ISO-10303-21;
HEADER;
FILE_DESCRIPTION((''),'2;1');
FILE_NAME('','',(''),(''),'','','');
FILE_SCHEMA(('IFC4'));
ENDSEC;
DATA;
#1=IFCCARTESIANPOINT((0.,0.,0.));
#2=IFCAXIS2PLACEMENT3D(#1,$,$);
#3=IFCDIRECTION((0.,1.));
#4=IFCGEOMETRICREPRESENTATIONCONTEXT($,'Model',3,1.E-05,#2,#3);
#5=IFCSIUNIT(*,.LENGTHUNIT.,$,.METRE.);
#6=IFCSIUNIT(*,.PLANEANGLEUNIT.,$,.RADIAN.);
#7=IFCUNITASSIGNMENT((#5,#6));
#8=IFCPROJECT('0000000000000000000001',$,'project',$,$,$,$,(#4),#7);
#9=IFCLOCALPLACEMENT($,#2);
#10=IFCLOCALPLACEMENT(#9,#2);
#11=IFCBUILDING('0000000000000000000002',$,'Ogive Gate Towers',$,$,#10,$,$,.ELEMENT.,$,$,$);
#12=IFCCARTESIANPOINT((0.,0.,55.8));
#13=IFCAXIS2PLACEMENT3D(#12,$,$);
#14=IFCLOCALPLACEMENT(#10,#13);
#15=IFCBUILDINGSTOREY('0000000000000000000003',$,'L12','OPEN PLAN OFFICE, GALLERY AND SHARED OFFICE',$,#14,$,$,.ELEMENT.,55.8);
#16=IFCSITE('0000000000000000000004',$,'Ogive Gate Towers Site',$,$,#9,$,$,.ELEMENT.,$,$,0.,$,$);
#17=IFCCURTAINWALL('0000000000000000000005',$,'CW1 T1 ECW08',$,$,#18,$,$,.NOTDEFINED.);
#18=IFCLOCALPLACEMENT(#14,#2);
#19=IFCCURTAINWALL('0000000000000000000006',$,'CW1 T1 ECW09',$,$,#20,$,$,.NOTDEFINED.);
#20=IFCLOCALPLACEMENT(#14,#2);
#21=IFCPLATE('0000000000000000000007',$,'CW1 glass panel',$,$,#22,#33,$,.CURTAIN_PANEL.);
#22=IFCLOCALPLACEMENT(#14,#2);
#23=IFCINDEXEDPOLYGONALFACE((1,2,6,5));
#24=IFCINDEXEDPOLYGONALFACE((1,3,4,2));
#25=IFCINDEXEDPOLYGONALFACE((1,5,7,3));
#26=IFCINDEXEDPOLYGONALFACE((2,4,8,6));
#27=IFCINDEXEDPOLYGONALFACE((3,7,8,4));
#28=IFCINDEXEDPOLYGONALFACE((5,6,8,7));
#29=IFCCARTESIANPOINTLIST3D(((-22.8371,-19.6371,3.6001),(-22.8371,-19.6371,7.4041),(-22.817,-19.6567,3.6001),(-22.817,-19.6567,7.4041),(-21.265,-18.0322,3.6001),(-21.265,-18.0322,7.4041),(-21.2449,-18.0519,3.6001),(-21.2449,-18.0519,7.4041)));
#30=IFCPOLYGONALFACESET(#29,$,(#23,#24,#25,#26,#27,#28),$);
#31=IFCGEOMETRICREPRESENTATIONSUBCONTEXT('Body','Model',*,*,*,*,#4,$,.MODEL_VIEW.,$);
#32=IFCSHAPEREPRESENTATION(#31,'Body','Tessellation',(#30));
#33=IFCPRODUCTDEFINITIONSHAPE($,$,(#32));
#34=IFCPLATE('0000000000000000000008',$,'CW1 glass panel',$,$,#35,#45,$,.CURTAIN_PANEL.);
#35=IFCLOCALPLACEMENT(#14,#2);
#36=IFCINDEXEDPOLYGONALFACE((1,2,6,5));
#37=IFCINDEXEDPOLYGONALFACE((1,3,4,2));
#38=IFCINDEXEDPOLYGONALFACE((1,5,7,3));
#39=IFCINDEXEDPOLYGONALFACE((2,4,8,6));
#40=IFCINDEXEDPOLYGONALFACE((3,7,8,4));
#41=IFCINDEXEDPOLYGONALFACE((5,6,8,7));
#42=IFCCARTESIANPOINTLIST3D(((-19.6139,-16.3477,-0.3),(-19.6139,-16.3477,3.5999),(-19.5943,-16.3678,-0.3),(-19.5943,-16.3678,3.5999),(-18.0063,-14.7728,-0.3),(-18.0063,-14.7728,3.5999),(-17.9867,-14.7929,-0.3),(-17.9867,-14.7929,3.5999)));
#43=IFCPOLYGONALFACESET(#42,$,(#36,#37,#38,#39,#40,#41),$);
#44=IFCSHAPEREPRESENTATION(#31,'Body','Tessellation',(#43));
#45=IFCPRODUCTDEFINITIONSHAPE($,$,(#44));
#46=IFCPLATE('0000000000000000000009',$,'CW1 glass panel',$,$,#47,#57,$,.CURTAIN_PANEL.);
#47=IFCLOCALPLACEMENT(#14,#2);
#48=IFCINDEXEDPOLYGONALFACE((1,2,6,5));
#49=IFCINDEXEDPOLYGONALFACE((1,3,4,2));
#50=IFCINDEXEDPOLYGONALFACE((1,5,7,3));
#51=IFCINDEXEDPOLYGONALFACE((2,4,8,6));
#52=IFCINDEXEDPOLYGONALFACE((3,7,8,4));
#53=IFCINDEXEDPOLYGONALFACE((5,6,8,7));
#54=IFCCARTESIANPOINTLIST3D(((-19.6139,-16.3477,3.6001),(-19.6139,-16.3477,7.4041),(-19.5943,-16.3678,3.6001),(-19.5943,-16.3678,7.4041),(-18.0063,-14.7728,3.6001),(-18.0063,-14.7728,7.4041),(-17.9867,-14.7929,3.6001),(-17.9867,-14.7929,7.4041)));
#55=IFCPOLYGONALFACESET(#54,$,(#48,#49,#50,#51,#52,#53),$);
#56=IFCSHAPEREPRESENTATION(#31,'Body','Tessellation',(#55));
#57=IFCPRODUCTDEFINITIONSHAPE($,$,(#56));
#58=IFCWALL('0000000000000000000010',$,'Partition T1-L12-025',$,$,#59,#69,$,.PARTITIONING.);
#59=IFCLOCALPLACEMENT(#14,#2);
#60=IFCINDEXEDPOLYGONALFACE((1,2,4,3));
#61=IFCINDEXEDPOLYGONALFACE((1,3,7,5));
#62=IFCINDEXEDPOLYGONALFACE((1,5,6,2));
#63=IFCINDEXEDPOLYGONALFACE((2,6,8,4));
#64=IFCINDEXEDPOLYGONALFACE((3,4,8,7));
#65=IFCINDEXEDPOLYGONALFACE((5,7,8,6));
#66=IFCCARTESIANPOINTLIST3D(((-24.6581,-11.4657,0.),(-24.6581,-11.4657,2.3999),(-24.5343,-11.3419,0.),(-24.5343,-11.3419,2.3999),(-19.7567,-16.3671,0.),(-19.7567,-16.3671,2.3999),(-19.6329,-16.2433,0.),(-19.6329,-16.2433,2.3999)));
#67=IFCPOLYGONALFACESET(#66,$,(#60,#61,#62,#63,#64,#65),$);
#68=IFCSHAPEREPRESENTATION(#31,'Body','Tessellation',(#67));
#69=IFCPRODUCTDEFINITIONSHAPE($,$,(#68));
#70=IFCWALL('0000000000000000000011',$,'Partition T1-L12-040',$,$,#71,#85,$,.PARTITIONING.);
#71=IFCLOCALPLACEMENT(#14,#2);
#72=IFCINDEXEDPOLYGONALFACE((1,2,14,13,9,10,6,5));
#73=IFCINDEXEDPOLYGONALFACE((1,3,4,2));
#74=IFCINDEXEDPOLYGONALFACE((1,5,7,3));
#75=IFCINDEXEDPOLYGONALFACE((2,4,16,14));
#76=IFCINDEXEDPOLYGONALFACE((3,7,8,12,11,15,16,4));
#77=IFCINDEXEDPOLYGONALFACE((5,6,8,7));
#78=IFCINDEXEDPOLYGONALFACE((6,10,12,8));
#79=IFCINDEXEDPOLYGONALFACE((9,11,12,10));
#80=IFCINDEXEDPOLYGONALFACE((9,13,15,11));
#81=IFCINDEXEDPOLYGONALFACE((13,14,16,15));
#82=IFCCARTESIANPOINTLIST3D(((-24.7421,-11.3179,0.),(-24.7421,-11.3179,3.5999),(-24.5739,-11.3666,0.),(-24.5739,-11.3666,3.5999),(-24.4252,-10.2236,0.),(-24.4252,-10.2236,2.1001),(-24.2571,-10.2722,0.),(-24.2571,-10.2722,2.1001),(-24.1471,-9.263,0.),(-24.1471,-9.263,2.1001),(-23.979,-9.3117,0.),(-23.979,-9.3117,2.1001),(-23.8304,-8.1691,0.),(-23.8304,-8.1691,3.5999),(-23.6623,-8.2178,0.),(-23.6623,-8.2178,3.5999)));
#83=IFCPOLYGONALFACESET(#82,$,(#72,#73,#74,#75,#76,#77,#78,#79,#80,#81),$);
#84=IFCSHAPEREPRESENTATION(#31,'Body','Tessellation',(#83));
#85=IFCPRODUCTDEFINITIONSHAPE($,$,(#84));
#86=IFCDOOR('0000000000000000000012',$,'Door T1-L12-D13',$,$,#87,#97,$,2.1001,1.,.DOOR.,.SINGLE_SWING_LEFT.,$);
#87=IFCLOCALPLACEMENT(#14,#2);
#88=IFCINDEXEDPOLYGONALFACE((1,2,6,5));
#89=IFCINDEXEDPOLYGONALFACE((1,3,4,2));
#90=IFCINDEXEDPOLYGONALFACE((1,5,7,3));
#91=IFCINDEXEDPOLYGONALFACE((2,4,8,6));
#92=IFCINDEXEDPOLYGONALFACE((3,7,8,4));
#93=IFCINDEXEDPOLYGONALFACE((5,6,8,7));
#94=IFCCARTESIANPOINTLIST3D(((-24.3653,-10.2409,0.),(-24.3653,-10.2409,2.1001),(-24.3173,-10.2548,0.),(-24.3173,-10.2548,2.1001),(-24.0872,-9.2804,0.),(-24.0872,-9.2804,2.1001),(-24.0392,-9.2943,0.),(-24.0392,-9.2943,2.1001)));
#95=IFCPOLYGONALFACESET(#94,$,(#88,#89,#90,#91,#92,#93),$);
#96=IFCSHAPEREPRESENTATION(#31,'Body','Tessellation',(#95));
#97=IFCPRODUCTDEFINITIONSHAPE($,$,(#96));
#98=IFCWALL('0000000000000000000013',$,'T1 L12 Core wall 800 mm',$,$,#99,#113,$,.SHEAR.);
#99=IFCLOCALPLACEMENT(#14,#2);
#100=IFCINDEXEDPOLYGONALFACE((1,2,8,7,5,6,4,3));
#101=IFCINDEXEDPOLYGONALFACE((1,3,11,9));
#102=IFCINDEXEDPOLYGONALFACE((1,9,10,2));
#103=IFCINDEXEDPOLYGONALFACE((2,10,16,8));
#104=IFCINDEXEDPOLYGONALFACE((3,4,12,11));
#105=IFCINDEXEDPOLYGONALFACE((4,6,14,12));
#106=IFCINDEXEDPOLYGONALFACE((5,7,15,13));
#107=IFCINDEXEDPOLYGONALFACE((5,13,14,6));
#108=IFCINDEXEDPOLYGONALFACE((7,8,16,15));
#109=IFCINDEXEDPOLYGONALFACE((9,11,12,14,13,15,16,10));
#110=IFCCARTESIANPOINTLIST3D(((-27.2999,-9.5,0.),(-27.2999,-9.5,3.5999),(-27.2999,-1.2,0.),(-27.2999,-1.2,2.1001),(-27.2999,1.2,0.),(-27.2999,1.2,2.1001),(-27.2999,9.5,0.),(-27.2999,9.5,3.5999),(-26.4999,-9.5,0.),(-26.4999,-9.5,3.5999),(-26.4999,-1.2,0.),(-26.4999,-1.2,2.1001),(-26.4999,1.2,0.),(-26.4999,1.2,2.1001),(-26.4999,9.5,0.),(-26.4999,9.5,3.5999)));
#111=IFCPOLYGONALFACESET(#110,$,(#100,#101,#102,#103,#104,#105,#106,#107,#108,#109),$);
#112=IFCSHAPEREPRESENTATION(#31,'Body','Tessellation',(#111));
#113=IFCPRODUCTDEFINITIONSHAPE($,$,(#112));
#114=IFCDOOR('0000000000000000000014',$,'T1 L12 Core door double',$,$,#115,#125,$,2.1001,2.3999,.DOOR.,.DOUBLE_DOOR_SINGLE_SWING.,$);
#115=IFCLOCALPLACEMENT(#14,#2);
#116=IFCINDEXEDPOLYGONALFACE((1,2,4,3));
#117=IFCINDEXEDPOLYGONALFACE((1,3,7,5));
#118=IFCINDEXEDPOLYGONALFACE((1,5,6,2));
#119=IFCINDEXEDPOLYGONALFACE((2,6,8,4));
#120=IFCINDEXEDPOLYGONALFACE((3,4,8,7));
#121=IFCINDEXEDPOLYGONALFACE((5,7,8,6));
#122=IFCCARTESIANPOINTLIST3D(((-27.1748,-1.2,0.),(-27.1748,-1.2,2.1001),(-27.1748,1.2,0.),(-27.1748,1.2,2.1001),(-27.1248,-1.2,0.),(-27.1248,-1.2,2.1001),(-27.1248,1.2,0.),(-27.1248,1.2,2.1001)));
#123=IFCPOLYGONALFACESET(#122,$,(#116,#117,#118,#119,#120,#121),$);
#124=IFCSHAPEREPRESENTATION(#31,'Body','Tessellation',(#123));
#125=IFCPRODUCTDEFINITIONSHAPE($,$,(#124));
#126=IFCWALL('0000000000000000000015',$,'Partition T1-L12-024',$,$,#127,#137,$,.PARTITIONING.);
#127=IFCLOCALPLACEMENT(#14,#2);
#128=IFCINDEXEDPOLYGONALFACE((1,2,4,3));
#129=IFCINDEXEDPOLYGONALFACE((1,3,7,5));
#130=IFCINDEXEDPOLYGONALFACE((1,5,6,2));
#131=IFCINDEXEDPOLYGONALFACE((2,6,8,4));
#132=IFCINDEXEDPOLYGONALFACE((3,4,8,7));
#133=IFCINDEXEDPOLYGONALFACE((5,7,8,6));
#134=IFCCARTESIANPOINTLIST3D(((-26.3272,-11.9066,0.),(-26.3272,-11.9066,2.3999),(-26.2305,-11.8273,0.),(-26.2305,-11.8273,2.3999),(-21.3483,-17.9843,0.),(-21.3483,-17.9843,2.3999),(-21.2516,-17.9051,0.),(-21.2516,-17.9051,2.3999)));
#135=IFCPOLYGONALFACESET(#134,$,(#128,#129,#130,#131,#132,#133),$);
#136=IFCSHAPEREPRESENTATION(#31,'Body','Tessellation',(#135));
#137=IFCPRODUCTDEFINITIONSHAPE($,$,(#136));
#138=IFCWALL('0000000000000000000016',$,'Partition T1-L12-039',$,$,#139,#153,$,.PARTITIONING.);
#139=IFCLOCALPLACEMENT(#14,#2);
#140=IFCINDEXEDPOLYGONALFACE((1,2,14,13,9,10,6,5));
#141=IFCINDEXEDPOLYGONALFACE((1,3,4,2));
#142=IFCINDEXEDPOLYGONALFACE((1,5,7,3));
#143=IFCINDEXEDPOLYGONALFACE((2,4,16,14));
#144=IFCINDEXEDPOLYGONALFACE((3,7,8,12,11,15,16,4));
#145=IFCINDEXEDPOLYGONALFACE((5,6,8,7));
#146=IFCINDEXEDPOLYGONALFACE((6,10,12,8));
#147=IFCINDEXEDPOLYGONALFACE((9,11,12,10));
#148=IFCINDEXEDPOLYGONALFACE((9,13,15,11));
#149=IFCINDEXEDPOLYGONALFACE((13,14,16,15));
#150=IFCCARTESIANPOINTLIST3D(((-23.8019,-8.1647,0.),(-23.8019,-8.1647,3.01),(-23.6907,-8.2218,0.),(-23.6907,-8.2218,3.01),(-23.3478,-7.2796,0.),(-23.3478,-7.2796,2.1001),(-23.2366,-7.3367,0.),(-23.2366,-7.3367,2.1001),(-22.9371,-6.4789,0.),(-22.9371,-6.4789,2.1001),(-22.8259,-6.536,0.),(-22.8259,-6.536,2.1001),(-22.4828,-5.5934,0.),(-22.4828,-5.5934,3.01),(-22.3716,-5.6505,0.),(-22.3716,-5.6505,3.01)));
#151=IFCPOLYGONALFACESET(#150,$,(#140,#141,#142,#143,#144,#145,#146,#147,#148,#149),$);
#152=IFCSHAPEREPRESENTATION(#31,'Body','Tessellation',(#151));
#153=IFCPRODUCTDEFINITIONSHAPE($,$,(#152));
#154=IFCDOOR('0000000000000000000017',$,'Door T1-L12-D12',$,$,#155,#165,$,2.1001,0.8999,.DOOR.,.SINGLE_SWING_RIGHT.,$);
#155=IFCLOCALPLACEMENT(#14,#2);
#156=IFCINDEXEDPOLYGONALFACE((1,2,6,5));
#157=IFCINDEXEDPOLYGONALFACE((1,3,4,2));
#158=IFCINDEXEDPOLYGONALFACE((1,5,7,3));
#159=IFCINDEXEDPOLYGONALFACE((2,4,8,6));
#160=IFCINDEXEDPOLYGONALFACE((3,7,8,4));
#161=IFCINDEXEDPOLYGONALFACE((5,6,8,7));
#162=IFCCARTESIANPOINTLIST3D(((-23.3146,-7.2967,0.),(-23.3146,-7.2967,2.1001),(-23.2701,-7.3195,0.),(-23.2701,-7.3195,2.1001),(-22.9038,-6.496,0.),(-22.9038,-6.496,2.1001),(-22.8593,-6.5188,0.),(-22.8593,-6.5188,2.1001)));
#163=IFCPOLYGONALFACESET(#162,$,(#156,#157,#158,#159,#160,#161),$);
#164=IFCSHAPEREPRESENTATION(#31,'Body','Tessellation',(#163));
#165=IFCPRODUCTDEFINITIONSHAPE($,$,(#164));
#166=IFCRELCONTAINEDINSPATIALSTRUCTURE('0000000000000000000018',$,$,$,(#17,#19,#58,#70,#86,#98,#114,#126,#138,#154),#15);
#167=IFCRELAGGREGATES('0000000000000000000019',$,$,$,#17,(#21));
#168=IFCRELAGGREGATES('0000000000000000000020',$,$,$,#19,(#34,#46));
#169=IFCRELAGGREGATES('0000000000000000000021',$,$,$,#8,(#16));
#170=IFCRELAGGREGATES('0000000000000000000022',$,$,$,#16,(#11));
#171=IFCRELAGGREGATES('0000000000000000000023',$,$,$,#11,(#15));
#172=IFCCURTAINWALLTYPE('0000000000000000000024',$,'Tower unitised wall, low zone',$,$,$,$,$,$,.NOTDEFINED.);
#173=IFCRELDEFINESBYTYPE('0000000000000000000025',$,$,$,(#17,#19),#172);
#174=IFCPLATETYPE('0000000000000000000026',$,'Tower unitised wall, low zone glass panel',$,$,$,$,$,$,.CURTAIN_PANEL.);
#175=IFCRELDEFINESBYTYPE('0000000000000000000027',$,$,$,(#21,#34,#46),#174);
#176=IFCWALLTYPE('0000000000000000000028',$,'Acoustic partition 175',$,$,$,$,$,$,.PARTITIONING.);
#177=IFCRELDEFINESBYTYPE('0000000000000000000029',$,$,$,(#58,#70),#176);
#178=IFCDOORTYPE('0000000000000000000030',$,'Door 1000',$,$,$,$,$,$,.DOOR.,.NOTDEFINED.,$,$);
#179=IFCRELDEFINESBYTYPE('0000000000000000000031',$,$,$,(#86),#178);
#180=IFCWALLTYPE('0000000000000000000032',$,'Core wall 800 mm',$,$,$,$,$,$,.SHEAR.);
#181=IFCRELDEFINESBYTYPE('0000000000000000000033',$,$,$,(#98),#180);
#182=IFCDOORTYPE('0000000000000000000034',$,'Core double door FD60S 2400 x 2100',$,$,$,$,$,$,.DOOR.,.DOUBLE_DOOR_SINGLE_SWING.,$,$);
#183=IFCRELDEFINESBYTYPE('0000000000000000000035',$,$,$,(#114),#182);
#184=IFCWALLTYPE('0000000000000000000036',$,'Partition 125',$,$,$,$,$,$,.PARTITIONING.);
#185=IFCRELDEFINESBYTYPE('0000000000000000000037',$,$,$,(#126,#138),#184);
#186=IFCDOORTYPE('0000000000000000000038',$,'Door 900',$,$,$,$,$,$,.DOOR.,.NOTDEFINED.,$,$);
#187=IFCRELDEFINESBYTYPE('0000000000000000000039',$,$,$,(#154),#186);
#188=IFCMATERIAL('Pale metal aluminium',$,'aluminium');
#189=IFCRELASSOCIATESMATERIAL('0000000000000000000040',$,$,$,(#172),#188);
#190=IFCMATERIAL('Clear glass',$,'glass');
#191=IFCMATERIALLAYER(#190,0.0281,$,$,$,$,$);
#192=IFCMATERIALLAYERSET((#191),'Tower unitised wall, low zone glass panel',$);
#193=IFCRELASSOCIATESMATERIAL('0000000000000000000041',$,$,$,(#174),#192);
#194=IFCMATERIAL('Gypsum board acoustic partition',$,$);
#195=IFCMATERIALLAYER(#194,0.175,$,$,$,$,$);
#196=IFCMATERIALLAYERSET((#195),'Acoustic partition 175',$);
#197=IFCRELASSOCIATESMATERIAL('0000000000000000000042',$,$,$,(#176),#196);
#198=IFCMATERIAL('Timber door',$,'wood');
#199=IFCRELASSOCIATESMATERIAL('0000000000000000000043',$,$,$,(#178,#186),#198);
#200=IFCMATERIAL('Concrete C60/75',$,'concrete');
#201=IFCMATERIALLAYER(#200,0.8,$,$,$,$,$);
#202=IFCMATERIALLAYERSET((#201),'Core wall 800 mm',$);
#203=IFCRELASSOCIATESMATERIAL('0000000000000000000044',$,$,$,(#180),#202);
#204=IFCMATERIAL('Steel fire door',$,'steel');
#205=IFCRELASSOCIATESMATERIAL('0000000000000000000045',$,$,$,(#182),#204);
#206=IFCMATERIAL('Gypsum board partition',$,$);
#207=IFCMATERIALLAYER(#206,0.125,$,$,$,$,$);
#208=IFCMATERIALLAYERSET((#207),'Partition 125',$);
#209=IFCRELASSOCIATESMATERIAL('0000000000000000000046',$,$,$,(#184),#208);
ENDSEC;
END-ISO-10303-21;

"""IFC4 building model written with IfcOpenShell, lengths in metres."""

from ifc_helpers import new_model, si_unit, direction, frame, frame_2d, origin, origin_2d, place, context, subcontext, project, spatial, rectangle, extrude, material, layer, layer_set, type_object, element, fill, aggregate, save


model = new_model("IFC4")

# Units and contexts
model_context = context("Model", 3, precision=1e-05, world=origin(), true_north=direction((0.0, 1.0)))
body_context = subcontext(model_context, "Body", "Model", "MODEL_VIEW")
ifc_project = project(units=[si_unit("LENGTHUNIT", "METRE"), si_unit("PLANEANGLEUNIT", "RADIAN")], contexts=[model_context])

# Site, building, storey
site_placement = place(None, origin())
site = spatial("IfcSite", under=ifc_project, at=site_placement, Name="Ogive Gate Towers Site", CompositionType="ELEMENT", RefElevation=0.0)
building_placement = place(site_placement, origin())
building = spatial("IfcBuilding", under=site, at=building_placement, Name="Ogive Gate Towers", CompositionType="ELEMENT")
storey_placement = place(building_placement, frame((0.0, 0.0, 55.8)))
storey = spatial("IfcBuildingStorey", under=building, at=storey_placement, Name="L12", Description="OPEN PLAN OFFICE, GALLERY AND SHARED OFFICE", CompositionType="ELEMENT", Elevation=55.8)

# Curtain wall
ifc_material_1 = material(Name="Pale metal aluminium", Category="aluminium")
curtain_wall_type = type_object("IfcCurtainWallType", Name="Tower unitised wall, low zone", PredefinedType="NOTDEFINED", material=ifc_material_1)
curtain_wall_1_placement = place(storey_placement, origin())
curtain_wall_1 = element("IfcCurtainWall", 1, at=curtain_wall_1_placement, inside=storey, type_object=curtain_wall_type, Name="CW1 T1 ECW08", PredefinedType="NOTDEFINED")

# Curtain wall
curtain_wall_2_placement = place(storey_placement, origin())
curtain_wall_2 = element("IfcCurtainWall", 2, at=curtain_wall_2_placement, inside=storey, type_object=curtain_wall_type, Name="CW1 T1 ECW09", PredefinedType="NOTDEFINED")

# Plates
ifc_material_2 = material(Name="Clear glass", Category="glass")
ifc_layer_1 = layer(ifc_material_2, 0.0281)
ifc_layer_set_1 = layer_set([ifc_layer_1], Name="Tower unitised wall, low zone glass panel")
plate_type = type_object("IfcPlateType", Name="Tower unitised wall, low zone glass panel", PredefinedType="CURTAIN_PANEL", material=ifc_layer_set_1)
plate_1_placement = place(storey_placement, frame((-22.041, -18.8445, 3.6001), z_axis=(0.0, 0.0, 1.0), x_axis=(-0.699776, -0.714363, 0.0)))
plate_1 = element("IfcPlate", 3, at=plate_1_placement, type_object=plate_type, Name="CW1 glass panel", PredefinedType="CURTAIN_PANEL", context=body_context, shape_type="SweptSolid", body=[
    extrude(rectangle(XDim=2.2466, YDim=0.0281, at=origin_2d()), origin(), (0.0, 0.0, 1.0), 3.804),
])
aggregate(curtain_wall_1, [plate_1])
plate_2_placement = place(storey_placement, frame((-18.8003, -15.5703, -0.3), z_axis=(0.0, 0.0, 1.0), x_axis=(-0.714338, -0.6998, 0.0)))
plate_2 = element("IfcPlate", 4, at=plate_2_placement, type_object=plate_type, Name="CW1 glass panel", PredefinedType="CURTAIN_PANEL", context=body_context, shape_type="SweptSolid", body=[
    extrude(rectangle(XDim=2.2505, YDim=0.0281, at=origin_2d()), origin(), (0.0, 0.0, 1.0), 3.8999),
])
plate_3_placement = place(storey_placement, frame((-18.8003, -15.5703, 3.6001), z_axis=(0.0, 0.0, 1.0), x_axis=(-0.714338, -0.6998, 0.0)))
plate_3 = element("IfcPlate", 5, at=plate_3_placement, type_object=plate_type, Name="CW1 glass panel", PredefinedType="CURTAIN_PANEL", context=body_context, shape_type="SweptSolid", body=[
    extrude(rectangle(XDim=2.2505, YDim=0.0281, at=origin_2d()), origin(), (0.0, 0.0, 1.0), 3.804),
])
aggregate(curtain_wall_2, [plate_2, plate_3])

# Wall
ifc_material_3 = material(Name="Gypsum board acoustic partition")
ifc_layer_2 = layer(ifc_material_3, 0.175)
ifc_layer_set_2 = layer_set([ifc_layer_2], Name="Acoustic partition 175")
wall_type_1 = type_object("IfcWallType", Name="Acoustic partition 175", PredefinedType="PARTITIONING", material=ifc_layer_set_2)
wall_1_placement = place(storey_placement, frame((-19.6948, -16.3052, 0.0), z_axis=(0.0, 0.0, 1.0), x_axis=(-0.707107, 0.707107, 0.0)))
element("IfcWall", 6, at=wall_1_placement, inside=storey, type_object=wall_type_1, Name="Partition T1-L12-025", PredefinedType="PARTITIONING", context=body_context, shape_type="SweptSolid", body=[
    extrude(rectangle(XDim=6.9316, YDim=0.175, at=frame_2d((3.4658, 0.0))), origin(), (0.0, 0.0, 1.0), 2.3999),
])

# Walls, openings, doors
wall_2_placement = place(storey_placement, frame((-23.7463, -8.1934, 0.0), z_axis=(0.0, 0.0, 1.0), x_axis=(-0.278103, -0.960551, 0.0)))
wall_2 = element("IfcWall", 7, at=wall_2_placement, inside=storey, type_object=wall_type_1, Name="Partition T1-L12-040", PredefinedType="PARTITIONING", context=body_context, shape_type="SweptSolid", body=[
    extrude(rectangle(XDim=3.2781, YDim=0.175, at=frame_2d((1.6392, 0.0))), origin(), (0.0, 0.0, 1.0), 3.5999),
])
opening_1_placement = place(wall_2_placement, frame((1.1389, 0.0, 0.0)))
opening_1 = element("IfcOpeningElement", 8, at=opening_1_placement, cuts=wall_2, PredefinedType="OPENING", context=body_context, shape_type="SweptSolid", body=[
    extrude(rectangle(XDim=1.0, YDim=2.1001, at=frame_2d((0.5, 1.05))), frame((0.0, 0.0977, 0.0), z_axis=(0.0, -1.0, 0.0), x_axis=(1.0, 0.0, 0.0)), (0.0, 0.0, 1.0), 0.1951),
])
ifc_material_4 = material(Name="Timber door", Category="wood")
door_type_1 = type_object("IfcDoorType", Name="Door 1000", OperationType="NOTDEFINED", PredefinedType="DOOR", material=ifc_material_4)
door_1_placement = place(opening_1_placement, origin())
door_1 = element("IfcDoor", 9, at=door_1_placement, inside=storey, type_object=door_type_1, Name="Door T1-L12-D13", OperationType="SINGLE_SWING_LEFT", OverallHeight=2.1001, OverallWidth=1.0, PredefinedType="DOOR", context=body_context, shape_type="SweptSolid", body=[
    extrude(rectangle(XDim=1.0, YDim=2.1001, at=frame_2d((0.5, 1.05))), frame((0.0, 0.0249, 0.0), z_axis=(0.0, -1.0, 0.0), x_axis=(1.0, 0.0, 0.0)), (0.0, 0.0, 1.0), 0.05),
])
fill(opening_1, door_1)
ifc_material_5 = material(Name="Concrete C60/75", Category="concrete")
ifc_layer_3 = layer(ifc_material_5, 0.8)
ifc_layer_set_3 = layer_set([ifc_layer_3], Name="Core wall 800 mm")
wall_type_2 = type_object("IfcWallType", Name="Core wall 800 mm", PredefinedType="SHEAR", material=ifc_layer_set_3)
wall_3_placement = place(storey_placement, frame((-26.8999, -9.5, 0.0), z_axis=(0.0, 0.0, 1.0), x_axis=(0.0, 1.0, 0.0)))
wall_3 = element("IfcWall", 10, at=wall_3_placement, inside=storey, type_object=wall_type_2, Name="T1 L12 Core wall 800 mm", PredefinedType="SHEAR", context=body_context, shape_type="SweptSolid", body=[
    extrude(rectangle(XDim=19.0, YDim=0.8, at=frame_2d((9.5, 0.0))), origin(), (0.0, 0.0, 1.0), 3.5999),
])
opening_2_placement = place(wall_3_placement, frame((8.3, 0.0, 0.0)))
opening_2 = element("IfcOpeningElement", 11, at=opening_2_placement, cuts=wall_3, PredefinedType="OPENING", context=body_context, shape_type="SweptSolid", body=[
    extrude(rectangle(XDim=2.3999, YDim=2.1001, at=frame_2d((1.2, 1.05))), frame((0.0, 0.4102, 0.0), z_axis=(0.0, -1.0, 0.0), x_axis=(1.0, 0.0, 0.0)), (0.0, 0.0, 1.0), 0.8201),
])
ifc_material_6 = material(Name="Steel fire door", Category="steel")
door_type_2 = type_object("IfcDoorType", Name="Core double door FD60S 2400 x 2100", OperationType="DOUBLE_DOOR_SINGLE_SWING", PredefinedType="DOOR", material=ifc_material_6)
door_2_placement = place(opening_2_placement, origin())
door_2 = element("IfcDoor", 12, at=door_2_placement, inside=storey, type_object=door_type_2, Name="T1 L12 Core door double", OperationType="DOUBLE_DOOR_SINGLE_SWING", OverallHeight=2.1001, OverallWidth=2.3999, PredefinedType="DOOR", context=body_context, shape_type="SweptSolid", body=[
    extrude(rectangle(XDim=2.3999, YDim=2.1001, at=frame_2d((1.2, 1.05))), frame((0.0, 0.2749, 0.0), z_axis=(0.0, -1.0, 0.0), x_axis=(1.0, 0.0, 0.0)), (0.0, 0.0, 1.0), 0.05),
])
fill(opening_2, door_2)

# Wall
ifc_material_7 = material(Name="Gypsum board partition")
ifc_layer_4 = layer(ifc_material_7, 0.125)
ifc_layer_set_4 = layer_set([ifc_layer_4], Name="Partition 125")
wall_type_3 = type_object("IfcWallType", Name="Partition 125", PredefinedType="PARTITIONING", material=ifc_layer_set_4)
wall_4_placement = place(storey_placement, frame((-21.3, -17.9446, 0.0), z_axis=(0.0, 0.0, 1.0), x_axis=(-0.633706, 0.773574, 0.0)))
element("IfcWall", 13, at=wall_4_placement, inside=storey, type_object=wall_type_3, Name="Partition T1-L12-024", PredefinedType="PARTITIONING", context=body_context, shape_type="SweptSolid", body=[
    extrude(rectangle(XDim=7.8567, YDim=0.125, at=frame_2d((3.9282, 0.0))), origin(), (0.0, 0.0, 1.0), 2.3999),
])

# Wall, opening, door
wall_5_placement = place(storey_placement, frame((-22.4272, -5.6221, 0.0), z_axis=(0.0, 0.0, 1.0), x_axis=(-0.456449, -0.88975, 0.0)))
wall_5 = element("IfcWall", 14, at=wall_5_placement, inside=storey, type_object=wall_type_3, Name="Partition T1-L12-039", PredefinedType="PARTITIONING", context=body_context, shape_type="SweptSolid", body=[
    extrude(rectangle(XDim=2.8899, YDim=0.125, at=frame_2d((1.4448, 0.0))), origin(), (0.0, 0.0, 1.0), 3.01),
])
opening_3_placement = place(wall_5_placement, frame((0.9951, 0.0, 0.0)))
opening_3 = element("IfcOpeningElement", 15, at=opening_3_placement, cuts=wall_5, PredefinedType="OPENING", context=body_context, shape_type="SweptSolid", body=[
    extrude(rectangle(XDim=0.8999, YDim=2.1001, at=frame_2d((0.45, 1.05))), frame((0.0, 0.0725, 0.0), z_axis=(0.0, -1.0, 0.0), x_axis=(1.0, 0.0, 0.0)), (0.0, 0.0, 1.0), 0.145),
])
door_type_3 = type_object("IfcDoorType", Name="Door 900", OperationType="NOTDEFINED", PredefinedType="DOOR", material=ifc_material_4)
door_3_placement = place(opening_3_placement, origin())
door_3 = element("IfcDoor", 16, at=door_3_placement, inside=storey, type_object=door_type_3, Name="Door T1-L12-D12", OperationType="SINGLE_SWING_RIGHT", OverallHeight=2.1001, OverallWidth=0.8999, PredefinedType="DOOR", context=body_context, shape_type="SweptSolid", body=[
    extrude(rectangle(XDim=0.8999, YDim=2.1001, at=frame_2d((0.45, 1.05))), frame((0.0, 0.0249, 0.0), z_axis=(0.0, -1.0, 0.0), x_axis=(1.0, 0.0, 0.0)), (0.0, 0.0, 1.0), 0.05),
])
fill(opening_3, door_3)

save(model, "model.ifc")
